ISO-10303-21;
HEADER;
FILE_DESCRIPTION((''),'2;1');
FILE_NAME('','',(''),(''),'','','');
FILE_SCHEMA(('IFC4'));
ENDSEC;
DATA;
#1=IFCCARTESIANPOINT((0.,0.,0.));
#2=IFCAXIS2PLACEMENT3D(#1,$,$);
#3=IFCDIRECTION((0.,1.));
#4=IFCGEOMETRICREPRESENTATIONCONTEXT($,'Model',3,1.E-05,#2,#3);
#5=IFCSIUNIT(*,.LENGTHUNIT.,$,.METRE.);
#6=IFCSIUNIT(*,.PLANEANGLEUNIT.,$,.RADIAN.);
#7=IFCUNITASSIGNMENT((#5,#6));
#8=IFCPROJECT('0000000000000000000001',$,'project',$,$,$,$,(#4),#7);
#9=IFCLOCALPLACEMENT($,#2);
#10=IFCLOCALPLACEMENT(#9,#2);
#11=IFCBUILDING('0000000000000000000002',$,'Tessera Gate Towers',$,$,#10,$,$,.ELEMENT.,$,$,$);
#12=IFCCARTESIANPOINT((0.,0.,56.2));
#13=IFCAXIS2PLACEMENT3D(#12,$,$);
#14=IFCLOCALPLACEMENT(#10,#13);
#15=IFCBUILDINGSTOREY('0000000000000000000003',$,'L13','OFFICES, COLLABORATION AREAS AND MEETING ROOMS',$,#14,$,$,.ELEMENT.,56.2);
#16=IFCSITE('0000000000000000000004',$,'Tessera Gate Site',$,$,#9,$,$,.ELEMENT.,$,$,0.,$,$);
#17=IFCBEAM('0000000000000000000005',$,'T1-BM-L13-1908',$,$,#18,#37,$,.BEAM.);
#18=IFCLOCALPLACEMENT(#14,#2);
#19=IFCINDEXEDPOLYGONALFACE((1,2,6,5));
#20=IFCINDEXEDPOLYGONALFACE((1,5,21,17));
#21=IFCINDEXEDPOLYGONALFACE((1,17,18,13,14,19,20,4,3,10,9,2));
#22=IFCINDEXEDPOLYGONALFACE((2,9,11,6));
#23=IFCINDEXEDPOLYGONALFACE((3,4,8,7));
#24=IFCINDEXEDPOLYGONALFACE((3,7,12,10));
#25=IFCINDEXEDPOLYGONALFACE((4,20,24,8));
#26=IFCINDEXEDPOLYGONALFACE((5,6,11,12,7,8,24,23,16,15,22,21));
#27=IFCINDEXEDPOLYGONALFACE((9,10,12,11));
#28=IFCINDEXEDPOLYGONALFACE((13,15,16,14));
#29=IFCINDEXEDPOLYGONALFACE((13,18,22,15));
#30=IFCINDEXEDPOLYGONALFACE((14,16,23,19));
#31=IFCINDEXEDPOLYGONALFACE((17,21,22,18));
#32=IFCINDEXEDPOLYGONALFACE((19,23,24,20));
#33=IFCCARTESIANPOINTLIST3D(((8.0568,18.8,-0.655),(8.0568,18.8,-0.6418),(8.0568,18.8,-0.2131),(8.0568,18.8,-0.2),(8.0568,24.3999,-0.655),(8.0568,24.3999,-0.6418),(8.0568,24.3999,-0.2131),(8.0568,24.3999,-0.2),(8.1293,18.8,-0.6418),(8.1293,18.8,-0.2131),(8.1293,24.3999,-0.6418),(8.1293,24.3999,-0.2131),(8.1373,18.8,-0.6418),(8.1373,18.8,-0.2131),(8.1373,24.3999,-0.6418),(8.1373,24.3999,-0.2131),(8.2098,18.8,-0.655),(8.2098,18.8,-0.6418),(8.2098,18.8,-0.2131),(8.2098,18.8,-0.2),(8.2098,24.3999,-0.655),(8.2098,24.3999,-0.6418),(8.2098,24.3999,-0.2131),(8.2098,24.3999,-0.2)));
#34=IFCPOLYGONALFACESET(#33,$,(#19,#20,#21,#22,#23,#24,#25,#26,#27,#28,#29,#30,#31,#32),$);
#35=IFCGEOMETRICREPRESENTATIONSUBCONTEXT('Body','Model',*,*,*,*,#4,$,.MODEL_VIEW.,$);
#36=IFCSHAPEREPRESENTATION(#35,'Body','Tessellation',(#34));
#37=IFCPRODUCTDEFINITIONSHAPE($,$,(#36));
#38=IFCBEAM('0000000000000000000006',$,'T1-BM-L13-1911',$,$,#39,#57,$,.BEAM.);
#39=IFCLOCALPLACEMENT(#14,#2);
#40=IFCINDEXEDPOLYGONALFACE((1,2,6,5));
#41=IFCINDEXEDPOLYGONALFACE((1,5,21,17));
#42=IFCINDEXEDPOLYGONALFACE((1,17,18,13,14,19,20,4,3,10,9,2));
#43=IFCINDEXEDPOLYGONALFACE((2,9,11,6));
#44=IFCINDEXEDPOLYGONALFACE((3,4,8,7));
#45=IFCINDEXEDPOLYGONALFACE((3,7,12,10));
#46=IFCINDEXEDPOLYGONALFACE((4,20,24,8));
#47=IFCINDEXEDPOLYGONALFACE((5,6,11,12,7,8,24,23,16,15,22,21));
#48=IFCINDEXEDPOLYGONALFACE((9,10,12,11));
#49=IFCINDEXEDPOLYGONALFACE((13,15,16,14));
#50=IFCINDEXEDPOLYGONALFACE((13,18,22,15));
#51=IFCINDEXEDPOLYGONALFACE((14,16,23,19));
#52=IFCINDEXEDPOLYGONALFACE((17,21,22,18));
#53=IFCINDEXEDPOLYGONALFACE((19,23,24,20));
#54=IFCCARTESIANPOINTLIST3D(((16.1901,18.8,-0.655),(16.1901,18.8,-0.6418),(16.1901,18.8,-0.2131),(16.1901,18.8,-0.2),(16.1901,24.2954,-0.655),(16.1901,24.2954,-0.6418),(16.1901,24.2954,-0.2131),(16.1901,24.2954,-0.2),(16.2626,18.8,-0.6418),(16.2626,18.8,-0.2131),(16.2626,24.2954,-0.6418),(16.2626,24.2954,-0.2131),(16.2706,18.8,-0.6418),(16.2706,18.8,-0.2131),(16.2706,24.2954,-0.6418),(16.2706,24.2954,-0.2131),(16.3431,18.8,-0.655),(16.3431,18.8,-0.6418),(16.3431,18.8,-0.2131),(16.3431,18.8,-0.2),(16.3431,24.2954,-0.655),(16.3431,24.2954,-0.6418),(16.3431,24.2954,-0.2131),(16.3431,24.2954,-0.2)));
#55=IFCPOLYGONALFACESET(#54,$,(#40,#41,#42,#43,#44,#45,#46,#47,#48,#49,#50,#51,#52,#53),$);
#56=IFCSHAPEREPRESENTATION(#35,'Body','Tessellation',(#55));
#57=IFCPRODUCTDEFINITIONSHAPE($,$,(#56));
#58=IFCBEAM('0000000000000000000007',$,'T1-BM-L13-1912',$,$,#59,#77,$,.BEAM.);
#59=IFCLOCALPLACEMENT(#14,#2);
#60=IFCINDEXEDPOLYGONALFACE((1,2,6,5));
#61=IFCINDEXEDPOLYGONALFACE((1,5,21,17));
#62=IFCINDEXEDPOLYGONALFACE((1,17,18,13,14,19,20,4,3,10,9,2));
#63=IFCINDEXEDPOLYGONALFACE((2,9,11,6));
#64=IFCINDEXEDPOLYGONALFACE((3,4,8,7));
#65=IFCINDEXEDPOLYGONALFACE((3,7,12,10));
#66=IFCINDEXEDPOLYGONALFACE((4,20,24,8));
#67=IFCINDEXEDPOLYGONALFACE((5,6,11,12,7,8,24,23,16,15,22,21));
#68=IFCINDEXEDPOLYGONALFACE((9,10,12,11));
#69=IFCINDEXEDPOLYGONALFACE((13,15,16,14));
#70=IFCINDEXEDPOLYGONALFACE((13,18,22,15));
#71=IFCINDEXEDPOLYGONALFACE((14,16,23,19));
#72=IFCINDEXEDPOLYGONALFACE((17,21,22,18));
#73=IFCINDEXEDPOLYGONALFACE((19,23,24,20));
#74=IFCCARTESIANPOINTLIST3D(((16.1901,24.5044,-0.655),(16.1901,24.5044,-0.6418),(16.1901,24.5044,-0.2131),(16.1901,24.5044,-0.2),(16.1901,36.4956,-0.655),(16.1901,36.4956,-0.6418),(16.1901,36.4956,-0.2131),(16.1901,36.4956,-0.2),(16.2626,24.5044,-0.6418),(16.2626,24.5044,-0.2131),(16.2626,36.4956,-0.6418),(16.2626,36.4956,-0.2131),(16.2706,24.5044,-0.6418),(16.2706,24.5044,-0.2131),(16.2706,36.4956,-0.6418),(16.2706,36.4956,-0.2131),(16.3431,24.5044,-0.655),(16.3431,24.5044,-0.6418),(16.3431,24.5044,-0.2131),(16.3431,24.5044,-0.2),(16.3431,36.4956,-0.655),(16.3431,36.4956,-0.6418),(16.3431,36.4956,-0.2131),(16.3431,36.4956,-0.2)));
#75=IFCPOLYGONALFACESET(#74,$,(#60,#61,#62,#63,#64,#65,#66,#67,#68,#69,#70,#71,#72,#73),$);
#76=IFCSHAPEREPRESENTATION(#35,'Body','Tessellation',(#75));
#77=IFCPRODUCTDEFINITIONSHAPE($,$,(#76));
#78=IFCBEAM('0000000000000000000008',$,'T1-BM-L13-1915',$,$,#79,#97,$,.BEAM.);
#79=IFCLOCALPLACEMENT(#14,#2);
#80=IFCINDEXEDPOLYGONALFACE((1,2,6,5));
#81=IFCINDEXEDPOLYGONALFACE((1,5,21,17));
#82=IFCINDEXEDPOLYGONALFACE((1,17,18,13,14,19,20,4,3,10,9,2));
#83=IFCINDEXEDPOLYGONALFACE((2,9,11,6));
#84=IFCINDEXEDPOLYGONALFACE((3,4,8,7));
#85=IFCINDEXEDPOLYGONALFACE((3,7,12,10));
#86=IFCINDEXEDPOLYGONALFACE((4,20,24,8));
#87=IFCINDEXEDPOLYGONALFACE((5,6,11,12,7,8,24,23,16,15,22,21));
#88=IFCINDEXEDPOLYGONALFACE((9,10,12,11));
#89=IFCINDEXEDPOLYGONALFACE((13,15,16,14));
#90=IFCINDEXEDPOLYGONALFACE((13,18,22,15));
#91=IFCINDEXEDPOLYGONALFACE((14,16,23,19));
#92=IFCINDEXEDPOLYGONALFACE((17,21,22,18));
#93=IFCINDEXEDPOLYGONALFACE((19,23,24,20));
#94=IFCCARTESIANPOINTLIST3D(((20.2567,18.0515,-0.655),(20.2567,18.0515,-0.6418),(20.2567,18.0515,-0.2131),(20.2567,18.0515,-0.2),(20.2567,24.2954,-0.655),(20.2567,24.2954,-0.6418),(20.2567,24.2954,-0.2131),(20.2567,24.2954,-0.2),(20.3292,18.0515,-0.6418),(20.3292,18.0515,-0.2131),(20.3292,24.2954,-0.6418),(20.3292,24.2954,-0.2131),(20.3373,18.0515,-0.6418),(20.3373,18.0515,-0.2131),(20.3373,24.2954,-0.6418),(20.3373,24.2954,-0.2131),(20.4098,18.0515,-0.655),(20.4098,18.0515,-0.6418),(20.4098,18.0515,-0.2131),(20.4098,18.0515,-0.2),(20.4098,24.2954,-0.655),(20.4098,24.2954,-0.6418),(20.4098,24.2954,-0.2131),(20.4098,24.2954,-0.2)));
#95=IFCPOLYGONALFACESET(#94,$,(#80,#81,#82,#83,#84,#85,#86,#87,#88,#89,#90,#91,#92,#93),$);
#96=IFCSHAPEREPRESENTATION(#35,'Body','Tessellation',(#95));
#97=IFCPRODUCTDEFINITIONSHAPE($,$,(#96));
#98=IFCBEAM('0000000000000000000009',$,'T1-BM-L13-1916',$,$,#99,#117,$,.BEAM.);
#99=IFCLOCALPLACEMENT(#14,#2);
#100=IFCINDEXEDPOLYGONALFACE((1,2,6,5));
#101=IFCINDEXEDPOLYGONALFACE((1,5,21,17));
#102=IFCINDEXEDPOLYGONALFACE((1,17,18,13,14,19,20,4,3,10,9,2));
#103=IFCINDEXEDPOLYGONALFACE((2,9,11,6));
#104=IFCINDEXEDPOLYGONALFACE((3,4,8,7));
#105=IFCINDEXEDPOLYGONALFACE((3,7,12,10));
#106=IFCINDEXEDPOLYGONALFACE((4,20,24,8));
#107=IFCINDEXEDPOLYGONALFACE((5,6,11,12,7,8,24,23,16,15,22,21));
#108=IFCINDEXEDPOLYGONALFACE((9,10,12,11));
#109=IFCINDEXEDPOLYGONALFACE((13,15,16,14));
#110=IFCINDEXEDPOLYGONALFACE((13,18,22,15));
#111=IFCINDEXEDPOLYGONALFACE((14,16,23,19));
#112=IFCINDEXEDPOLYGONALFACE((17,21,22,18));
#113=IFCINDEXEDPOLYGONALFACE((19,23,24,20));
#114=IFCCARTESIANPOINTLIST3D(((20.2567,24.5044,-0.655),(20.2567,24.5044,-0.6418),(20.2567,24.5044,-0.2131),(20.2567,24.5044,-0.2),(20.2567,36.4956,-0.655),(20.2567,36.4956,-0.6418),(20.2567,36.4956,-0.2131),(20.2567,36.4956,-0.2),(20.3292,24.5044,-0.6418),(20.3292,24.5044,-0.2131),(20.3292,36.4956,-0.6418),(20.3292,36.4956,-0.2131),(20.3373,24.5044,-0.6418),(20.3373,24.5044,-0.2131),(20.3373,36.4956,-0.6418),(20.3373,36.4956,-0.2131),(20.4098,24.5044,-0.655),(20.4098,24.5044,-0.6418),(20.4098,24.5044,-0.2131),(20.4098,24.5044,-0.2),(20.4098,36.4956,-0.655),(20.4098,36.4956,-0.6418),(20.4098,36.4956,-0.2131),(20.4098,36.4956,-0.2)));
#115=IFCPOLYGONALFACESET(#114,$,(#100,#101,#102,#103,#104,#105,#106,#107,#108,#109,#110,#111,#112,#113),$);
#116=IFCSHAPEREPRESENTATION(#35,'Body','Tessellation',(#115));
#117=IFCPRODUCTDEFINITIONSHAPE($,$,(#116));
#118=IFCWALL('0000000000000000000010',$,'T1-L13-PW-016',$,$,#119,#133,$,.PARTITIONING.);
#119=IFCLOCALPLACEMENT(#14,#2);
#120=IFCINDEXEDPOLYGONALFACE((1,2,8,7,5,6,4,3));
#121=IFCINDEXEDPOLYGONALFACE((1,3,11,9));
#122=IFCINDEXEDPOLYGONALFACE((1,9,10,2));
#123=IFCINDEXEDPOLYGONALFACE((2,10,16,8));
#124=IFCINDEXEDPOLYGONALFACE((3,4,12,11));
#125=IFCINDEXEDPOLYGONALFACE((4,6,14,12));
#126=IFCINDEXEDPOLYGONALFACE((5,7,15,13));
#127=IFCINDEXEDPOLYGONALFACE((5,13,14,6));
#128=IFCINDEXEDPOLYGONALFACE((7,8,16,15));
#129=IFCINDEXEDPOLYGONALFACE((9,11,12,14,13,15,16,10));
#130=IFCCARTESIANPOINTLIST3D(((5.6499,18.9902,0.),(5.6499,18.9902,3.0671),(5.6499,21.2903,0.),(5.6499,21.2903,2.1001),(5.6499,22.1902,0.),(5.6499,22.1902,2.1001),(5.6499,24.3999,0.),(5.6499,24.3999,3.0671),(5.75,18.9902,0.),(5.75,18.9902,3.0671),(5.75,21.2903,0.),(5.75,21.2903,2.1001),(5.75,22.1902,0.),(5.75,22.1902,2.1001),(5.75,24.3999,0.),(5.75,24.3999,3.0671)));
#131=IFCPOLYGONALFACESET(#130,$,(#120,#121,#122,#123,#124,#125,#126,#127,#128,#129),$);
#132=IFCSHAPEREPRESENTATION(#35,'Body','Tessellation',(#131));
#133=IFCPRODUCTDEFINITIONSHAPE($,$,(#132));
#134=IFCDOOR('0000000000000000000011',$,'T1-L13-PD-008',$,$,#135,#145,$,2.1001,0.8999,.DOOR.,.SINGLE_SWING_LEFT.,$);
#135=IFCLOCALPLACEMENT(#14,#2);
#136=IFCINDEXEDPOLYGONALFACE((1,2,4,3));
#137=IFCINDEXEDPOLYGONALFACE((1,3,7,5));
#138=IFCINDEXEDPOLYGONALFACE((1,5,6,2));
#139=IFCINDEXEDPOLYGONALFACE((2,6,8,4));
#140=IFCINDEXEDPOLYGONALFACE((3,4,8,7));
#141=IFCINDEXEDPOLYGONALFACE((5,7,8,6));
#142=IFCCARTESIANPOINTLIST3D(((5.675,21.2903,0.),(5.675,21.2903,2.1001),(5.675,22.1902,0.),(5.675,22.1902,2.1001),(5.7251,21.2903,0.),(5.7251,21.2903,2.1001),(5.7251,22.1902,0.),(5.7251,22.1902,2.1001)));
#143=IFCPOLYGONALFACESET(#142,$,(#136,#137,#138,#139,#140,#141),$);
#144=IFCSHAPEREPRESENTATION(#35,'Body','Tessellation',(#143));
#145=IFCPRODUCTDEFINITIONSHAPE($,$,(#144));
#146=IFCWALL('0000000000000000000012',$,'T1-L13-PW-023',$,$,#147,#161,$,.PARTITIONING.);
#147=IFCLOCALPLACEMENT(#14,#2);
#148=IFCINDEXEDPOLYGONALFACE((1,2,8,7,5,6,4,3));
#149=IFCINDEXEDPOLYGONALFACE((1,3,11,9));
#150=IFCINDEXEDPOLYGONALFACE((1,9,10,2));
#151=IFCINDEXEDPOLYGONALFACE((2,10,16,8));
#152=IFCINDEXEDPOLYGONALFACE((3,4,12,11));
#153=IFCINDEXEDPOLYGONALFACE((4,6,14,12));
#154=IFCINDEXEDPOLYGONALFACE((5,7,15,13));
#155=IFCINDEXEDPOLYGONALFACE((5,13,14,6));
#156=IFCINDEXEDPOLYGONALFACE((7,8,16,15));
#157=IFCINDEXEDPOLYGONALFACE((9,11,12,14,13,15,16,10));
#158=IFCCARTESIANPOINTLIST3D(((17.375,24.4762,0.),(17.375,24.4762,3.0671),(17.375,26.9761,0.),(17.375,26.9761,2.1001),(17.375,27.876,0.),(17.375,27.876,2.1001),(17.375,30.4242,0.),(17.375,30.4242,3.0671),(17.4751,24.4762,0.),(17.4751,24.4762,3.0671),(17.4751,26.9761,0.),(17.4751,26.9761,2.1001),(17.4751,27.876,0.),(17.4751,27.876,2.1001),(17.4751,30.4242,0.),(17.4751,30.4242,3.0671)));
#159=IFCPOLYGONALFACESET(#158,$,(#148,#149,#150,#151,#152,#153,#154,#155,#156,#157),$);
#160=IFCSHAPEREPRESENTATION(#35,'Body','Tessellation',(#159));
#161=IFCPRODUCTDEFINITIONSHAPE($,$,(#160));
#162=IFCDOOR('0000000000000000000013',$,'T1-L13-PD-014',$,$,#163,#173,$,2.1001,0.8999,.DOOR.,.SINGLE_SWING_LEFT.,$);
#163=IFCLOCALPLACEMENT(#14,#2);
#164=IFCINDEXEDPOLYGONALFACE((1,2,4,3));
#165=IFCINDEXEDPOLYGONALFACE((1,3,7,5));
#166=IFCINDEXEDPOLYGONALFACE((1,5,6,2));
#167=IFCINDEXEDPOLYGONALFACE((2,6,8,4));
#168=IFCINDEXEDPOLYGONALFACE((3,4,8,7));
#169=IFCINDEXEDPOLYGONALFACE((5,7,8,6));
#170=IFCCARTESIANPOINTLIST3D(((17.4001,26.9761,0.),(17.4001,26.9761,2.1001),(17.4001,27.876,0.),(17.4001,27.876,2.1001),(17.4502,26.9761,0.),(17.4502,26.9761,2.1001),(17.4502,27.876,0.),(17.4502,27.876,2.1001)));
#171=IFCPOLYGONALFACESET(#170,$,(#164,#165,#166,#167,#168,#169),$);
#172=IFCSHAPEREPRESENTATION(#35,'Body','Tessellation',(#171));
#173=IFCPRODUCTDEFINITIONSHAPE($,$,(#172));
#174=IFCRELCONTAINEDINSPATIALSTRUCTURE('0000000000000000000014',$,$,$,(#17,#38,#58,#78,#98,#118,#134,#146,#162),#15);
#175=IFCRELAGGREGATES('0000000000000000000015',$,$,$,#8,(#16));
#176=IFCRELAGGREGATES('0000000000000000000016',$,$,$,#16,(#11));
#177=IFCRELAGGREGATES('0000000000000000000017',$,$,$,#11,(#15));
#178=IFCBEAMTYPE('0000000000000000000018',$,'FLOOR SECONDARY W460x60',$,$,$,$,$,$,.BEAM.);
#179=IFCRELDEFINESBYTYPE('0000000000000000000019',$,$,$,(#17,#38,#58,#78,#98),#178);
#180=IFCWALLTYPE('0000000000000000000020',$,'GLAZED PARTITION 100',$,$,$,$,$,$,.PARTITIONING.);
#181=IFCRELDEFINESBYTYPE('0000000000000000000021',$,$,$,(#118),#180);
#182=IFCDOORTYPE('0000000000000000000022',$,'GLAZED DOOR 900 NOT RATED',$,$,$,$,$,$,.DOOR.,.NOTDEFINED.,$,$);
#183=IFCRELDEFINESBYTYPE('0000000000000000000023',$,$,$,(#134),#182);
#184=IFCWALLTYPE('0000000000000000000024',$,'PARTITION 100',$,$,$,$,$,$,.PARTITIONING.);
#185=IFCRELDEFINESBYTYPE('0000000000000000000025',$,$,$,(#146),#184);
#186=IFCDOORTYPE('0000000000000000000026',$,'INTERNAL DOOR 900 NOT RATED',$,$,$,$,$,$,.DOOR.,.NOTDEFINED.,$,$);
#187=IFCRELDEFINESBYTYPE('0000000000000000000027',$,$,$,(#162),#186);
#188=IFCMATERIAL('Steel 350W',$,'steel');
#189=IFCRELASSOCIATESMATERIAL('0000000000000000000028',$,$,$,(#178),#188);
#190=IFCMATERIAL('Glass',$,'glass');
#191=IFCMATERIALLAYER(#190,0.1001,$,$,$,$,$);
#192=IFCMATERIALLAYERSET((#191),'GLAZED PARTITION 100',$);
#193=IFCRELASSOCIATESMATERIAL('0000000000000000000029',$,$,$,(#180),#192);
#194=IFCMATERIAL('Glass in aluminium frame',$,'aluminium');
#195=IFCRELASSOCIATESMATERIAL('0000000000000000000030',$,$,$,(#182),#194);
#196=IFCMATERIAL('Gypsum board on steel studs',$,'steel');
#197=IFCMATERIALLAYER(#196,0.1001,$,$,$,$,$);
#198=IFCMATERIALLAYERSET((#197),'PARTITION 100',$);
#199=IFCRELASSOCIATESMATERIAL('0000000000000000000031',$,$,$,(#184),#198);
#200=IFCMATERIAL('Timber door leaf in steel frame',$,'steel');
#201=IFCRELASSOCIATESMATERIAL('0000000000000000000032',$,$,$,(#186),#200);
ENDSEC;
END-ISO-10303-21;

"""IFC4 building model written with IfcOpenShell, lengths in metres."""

from ifc_helpers import new_model, si_unit, direction, frame, frame_2d, origin, origin_2d, place, context, subcontext, project, spatial, rectangle, i_section, extrude, source, transform, mapped, material, layer, layer_set, material_profile, profile_set, type_object, element, fill, save


model = new_model("IFC4")

# Units and contexts
model_context = context("Model", 3, precision=1e-05, world=origin(), true_north=direction((0.0, 1.0)))
body_context = subcontext(model_context, "Body", "Model", "MODEL_VIEW")
ifc_project = project(units=[si_unit("LENGTHUNIT", "METRE"), si_unit("PLANEANGLEUNIT", "RADIAN")], contexts=[model_context])

# Site, building, storey
site_placement = place(None, origin())
site = spatial("IfcSite", under=ifc_project, at=site_placement, Name="Tessera Gate Site", CompositionType="ELEMENT", RefElevation=0.0)
building_placement = place(site_placement, origin())
building = spatial("IfcBuilding", under=site, at=building_placement, Name="Tessera Gate Towers", CompositionType="ELEMENT")
storey_placement = place(building_placement, frame((0.0, 0.0, 56.2)))
storey = spatial("IfcBuildingStorey", under=building, at=storey_placement, Name="L13", Description="OFFICES, COLLABORATION AREAS AND MEETING ROOMS", CompositionType="ELEMENT", Elevation=56.2)

# Beams
ifc_material_1 = material(Name="Steel 350W", Category="steel")
ifc_material_profile_1 = material_profile(ifc_material_1, i_section(OverallWidth=0.1531, OverallDepth=0.4551, WebThickness=0.0081, FlangeThickness=0.0132, at=origin_2d()), Name="W460x60")
ifc_profile_set_1 = profile_set([ifc_material_profile_1], Name="Steel 350W")
beam_type_1 = type_object("IfcBeamType", Name="FLOOR SECONDARY W460x60", PredefinedType="BEAM", material=ifc_profile_set_1)
beam_1_placement = place(storey_placement, frame((8.1333, 18.8, -0.4275), z_axis=(0.0, 1.0, 0.0), x_axis=(-1.0, 0.0, 0.0)))
element("IfcBeam", 1, at=beam_1_placement, inside=storey, type_object=beam_type_1, Name="T1-BM-L13-1908", PredefinedType="BEAM", context=body_context, shape_type="SweptSolid", body=[
    extrude(i_section(OverallWidth=0.1531, OverallDepth=0.4551, WebThickness=0.0081, FlangeThickness=0.0132, at=origin_2d()), origin(), (0.0, 0.0, 1.0), 5.5999),
])
beam_2_placement = place(storey_placement, frame((16.2666, 18.8, -0.4275), z_axis=(0.0, 1.0, 0.0), x_axis=(-1.0, 0.0, 0.0)))
element("IfcBeam", 2, at=beam_2_placement, inside=storey, type_object=beam_type_1, Name="T1-BM-L13-1911", PredefinedType="BEAM", context=body_context, shape_type="SweptSolid", body=[
    extrude(i_section(OverallWidth=0.1531, OverallDepth=0.4551, WebThickness=0.0081, FlangeThickness=0.0132, at=origin_2d()), origin(), (0.0, 0.0, 1.0), 5.4954),
])
beam_3_placement = place(storey_placement, frame((16.2666, 24.5044, -0.4275), z_axis=(0.0, 1.0, 0.0), x_axis=(-1.0, 0.0, 0.0)))
element("IfcBeam", 3, at=beam_3_placement, inside=storey, type_object=beam_type_1, Name="T1-BM-L13-1912", PredefinedType="BEAM", context=body_context, shape_type="SweptSolid", body=[
    extrude(i_section(OverallWidth=0.1531, OverallDepth=0.4551, WebThickness=0.0081, FlangeThickness=0.0132, at=origin_2d()), origin(), (0.0, 0.0, 1.0), 11.9912),
])
beam_4_placement = place(storey_placement, frame((20.3333, 18.0515, -0.4275), z_axis=(0.0, 1.0, 0.0), x_axis=(-1.0, 0.0, 0.0)))
element("IfcBeam", 4, at=beam_4_placement, inside=storey, type_object=beam_type_1, Name="T1-BM-L13-1915", PredefinedType="BEAM", context=body_context, shape_type="SweptSolid", body=[
    extrude(i_section(OverallWidth=0.1531, OverallDepth=0.4551, WebThickness=0.0081, FlangeThickness=0.0132, at=origin_2d()), origin(), (0.0, 0.0, 1.0), 6.2439),
])
beam_5_placement = place(storey_placement, frame((20.3333, 24.5044, -0.4275), z_axis=(0.0, 1.0, 0.0), x_axis=(-1.0, 0.0, 0.0)))
element("IfcBeam", 5, at=beam_5_placement, inside=storey, type_object=beam_type_1, Name="T1-BM-L13-1916", PredefinedType="BEAM", context=body_context, shape_type="SweptSolid", body=[
    extrude(i_section(OverallWidth=0.1531, OverallDepth=0.4551, WebThickness=0.0081, FlangeThickness=0.0132, at=origin_2d()), origin(), (0.0, 0.0, 1.0), 11.9912),
])

# Walls, openings, doors
ifc_material_2 = material(Name="Glass", Category="glass")
ifc_layer_1 = layer(ifc_material_2, 0.1001)
ifc_layer_set_1 = layer_set([ifc_layer_1], Name="GLAZED PARTITION 100")
wall_type_1 = type_object("IfcWallType", Name="GLAZED PARTITION 100", PredefinedType="PARTITIONING", material=ifc_layer_set_1)
wall_1_placement = place(storey_placement, frame((5.7, 18.9902, 0.0), z_axis=(0.0, 0.0, 1.0), x_axis=(0.0, 1.0, 0.0)))
wall_1 = element("IfcWall", 6, at=wall_1_placement, inside=storey, type_object=wall_type_1, Name="T1-L13-PW-016", PredefinedType="PARTITIONING", context=body_context, shape_type="SweptSolid", body=[
    extrude(rectangle(XDim=5.4097, YDim=0.1001, at=frame_2d((2.7048, 0.0))), origin(), (0.0, 0.0, 1.0), 3.0671),
])
shared_shape_1 = source(origin(), body_context, "Body", "SweptSolid", [
    extrude(rectangle(XDim=0.8999, YDim=2.1001, at=frame_2d((0.45, 1.05))), frame((0.0, 0.0601, 0.0), z_axis=(0.0, -1.0, 0.0), x_axis=(1.0, 0.0, 0.0)), (0.0, 0.0, 1.0), 0.1201),
])
opening_1_placement = place(wall_1_placement, frame((2.3, 0.0, 0.0)))
opening_1 = element("IfcOpeningElement", 7, at=opening_1_placement, cuts=wall_1, PredefinedType="OPENING", context=body_context, shape_type="MappedRepresentation", body=[
    mapped(shared_shape_1, transform((0.0, 0.0, 0.0), scale=1.0)),
])
ifc_material_3 = material(Name="Glass in aluminium frame", Category="aluminium")
door_type_1 = type_object("IfcDoorType", Name="GLAZED DOOR 900 NOT RATED", OperationType="NOTDEFINED", PredefinedType="DOOR", material=ifc_material_3)
shared_shape_2 = source(origin(), body_context, "Body", "SweptSolid", [
    extrude(rectangle(XDim=0.8999, YDim=2.1001, at=frame_2d((0.45, 1.05))), frame((0.0, 0.0249, 0.0), z_axis=(0.0, -1.0, 0.0), x_axis=(1.0, 0.0, 0.0)), (0.0, 0.0, 1.0), 0.05),
])
door_1_placement = place(opening_1_placement, origin())
door_1 = element("IfcDoor", 8, at=door_1_placement, inside=storey, type_object=door_type_1, Name="T1-L13-PD-008", OperationType="SINGLE_SWING_LEFT", OverallHeight=2.1001, OverallWidth=0.8999, PredefinedType="DOOR", context=body_context, shape_type="MappedRepresentation", body=[
    mapped(shared_shape_2, transform((0.0, 0.0, 0.0), scale=1.0)),
])
fill(opening_1, door_1)
ifc_material_4 = material(Name="Gypsum board on steel studs", Category="steel")
ifc_layer_2 = layer(ifc_material_4, 0.1001)
ifc_layer_set_2 = layer_set([ifc_layer_2], Name="PARTITION 100")
wall_type_2 = type_object("IfcWallType", Name="PARTITION 100", PredefinedType="PARTITIONING", material=ifc_layer_set_2)
wall_2_placement = place(storey_placement, frame((17.425, 24.4761, 0.0), z_axis=(0.0, 0.0, 1.0), x_axis=(0.0, 1.0, 0.0)))
wall_2 = element("IfcWall", 9, at=wall_2_placement, inside=storey, type_object=wall_type_2, Name="T1-L13-PW-023", PredefinedType="PARTITIONING", context=body_context, shape_type="SweptSolid", body=[
    extrude(rectangle(XDim=5.948, YDim=0.1001, at=frame_2d((2.9741, 0.0))), origin(), (0.0, 0.0, 1.0), 3.0671),
])
opening_2_placement = place(wall_2_placement, frame((2.5, 0.0, 0.0)))
opening_2 = element("IfcOpeningElement", 10, at=opening_2_placement, cuts=wall_2, PredefinedType="OPENING", context=body_context, shape_type="MappedRepresentation", body=[
    mapped(shared_shape_1, transform((0.0, 0.0, 0.0), scale=1.0)),
])
ifc_material_5 = material(Name="Timber door leaf in steel frame", Category="steel")
door_type_2 = type_object("IfcDoorType", Name="INTERNAL DOOR 900 NOT RATED", OperationType="NOTDEFINED", PredefinedType="DOOR", material=ifc_material_5)
door_2_placement = place(opening_2_placement, origin())
door_2 = element("IfcDoor", 11, at=door_2_placement, inside=storey, type_object=door_type_2, Name="T1-L13-PD-014", OperationType="SINGLE_SWING_LEFT", OverallHeight=2.1001, OverallWidth=0.8999, PredefinedType="DOOR", context=body_context, shape_type="MappedRepresentation", body=[
    mapped(shared_shape_2, transform((0.0, 0.0, 0.0), scale=1.0)),
])
fill(opening_2, door_2)

save(model, "model.ifc")
